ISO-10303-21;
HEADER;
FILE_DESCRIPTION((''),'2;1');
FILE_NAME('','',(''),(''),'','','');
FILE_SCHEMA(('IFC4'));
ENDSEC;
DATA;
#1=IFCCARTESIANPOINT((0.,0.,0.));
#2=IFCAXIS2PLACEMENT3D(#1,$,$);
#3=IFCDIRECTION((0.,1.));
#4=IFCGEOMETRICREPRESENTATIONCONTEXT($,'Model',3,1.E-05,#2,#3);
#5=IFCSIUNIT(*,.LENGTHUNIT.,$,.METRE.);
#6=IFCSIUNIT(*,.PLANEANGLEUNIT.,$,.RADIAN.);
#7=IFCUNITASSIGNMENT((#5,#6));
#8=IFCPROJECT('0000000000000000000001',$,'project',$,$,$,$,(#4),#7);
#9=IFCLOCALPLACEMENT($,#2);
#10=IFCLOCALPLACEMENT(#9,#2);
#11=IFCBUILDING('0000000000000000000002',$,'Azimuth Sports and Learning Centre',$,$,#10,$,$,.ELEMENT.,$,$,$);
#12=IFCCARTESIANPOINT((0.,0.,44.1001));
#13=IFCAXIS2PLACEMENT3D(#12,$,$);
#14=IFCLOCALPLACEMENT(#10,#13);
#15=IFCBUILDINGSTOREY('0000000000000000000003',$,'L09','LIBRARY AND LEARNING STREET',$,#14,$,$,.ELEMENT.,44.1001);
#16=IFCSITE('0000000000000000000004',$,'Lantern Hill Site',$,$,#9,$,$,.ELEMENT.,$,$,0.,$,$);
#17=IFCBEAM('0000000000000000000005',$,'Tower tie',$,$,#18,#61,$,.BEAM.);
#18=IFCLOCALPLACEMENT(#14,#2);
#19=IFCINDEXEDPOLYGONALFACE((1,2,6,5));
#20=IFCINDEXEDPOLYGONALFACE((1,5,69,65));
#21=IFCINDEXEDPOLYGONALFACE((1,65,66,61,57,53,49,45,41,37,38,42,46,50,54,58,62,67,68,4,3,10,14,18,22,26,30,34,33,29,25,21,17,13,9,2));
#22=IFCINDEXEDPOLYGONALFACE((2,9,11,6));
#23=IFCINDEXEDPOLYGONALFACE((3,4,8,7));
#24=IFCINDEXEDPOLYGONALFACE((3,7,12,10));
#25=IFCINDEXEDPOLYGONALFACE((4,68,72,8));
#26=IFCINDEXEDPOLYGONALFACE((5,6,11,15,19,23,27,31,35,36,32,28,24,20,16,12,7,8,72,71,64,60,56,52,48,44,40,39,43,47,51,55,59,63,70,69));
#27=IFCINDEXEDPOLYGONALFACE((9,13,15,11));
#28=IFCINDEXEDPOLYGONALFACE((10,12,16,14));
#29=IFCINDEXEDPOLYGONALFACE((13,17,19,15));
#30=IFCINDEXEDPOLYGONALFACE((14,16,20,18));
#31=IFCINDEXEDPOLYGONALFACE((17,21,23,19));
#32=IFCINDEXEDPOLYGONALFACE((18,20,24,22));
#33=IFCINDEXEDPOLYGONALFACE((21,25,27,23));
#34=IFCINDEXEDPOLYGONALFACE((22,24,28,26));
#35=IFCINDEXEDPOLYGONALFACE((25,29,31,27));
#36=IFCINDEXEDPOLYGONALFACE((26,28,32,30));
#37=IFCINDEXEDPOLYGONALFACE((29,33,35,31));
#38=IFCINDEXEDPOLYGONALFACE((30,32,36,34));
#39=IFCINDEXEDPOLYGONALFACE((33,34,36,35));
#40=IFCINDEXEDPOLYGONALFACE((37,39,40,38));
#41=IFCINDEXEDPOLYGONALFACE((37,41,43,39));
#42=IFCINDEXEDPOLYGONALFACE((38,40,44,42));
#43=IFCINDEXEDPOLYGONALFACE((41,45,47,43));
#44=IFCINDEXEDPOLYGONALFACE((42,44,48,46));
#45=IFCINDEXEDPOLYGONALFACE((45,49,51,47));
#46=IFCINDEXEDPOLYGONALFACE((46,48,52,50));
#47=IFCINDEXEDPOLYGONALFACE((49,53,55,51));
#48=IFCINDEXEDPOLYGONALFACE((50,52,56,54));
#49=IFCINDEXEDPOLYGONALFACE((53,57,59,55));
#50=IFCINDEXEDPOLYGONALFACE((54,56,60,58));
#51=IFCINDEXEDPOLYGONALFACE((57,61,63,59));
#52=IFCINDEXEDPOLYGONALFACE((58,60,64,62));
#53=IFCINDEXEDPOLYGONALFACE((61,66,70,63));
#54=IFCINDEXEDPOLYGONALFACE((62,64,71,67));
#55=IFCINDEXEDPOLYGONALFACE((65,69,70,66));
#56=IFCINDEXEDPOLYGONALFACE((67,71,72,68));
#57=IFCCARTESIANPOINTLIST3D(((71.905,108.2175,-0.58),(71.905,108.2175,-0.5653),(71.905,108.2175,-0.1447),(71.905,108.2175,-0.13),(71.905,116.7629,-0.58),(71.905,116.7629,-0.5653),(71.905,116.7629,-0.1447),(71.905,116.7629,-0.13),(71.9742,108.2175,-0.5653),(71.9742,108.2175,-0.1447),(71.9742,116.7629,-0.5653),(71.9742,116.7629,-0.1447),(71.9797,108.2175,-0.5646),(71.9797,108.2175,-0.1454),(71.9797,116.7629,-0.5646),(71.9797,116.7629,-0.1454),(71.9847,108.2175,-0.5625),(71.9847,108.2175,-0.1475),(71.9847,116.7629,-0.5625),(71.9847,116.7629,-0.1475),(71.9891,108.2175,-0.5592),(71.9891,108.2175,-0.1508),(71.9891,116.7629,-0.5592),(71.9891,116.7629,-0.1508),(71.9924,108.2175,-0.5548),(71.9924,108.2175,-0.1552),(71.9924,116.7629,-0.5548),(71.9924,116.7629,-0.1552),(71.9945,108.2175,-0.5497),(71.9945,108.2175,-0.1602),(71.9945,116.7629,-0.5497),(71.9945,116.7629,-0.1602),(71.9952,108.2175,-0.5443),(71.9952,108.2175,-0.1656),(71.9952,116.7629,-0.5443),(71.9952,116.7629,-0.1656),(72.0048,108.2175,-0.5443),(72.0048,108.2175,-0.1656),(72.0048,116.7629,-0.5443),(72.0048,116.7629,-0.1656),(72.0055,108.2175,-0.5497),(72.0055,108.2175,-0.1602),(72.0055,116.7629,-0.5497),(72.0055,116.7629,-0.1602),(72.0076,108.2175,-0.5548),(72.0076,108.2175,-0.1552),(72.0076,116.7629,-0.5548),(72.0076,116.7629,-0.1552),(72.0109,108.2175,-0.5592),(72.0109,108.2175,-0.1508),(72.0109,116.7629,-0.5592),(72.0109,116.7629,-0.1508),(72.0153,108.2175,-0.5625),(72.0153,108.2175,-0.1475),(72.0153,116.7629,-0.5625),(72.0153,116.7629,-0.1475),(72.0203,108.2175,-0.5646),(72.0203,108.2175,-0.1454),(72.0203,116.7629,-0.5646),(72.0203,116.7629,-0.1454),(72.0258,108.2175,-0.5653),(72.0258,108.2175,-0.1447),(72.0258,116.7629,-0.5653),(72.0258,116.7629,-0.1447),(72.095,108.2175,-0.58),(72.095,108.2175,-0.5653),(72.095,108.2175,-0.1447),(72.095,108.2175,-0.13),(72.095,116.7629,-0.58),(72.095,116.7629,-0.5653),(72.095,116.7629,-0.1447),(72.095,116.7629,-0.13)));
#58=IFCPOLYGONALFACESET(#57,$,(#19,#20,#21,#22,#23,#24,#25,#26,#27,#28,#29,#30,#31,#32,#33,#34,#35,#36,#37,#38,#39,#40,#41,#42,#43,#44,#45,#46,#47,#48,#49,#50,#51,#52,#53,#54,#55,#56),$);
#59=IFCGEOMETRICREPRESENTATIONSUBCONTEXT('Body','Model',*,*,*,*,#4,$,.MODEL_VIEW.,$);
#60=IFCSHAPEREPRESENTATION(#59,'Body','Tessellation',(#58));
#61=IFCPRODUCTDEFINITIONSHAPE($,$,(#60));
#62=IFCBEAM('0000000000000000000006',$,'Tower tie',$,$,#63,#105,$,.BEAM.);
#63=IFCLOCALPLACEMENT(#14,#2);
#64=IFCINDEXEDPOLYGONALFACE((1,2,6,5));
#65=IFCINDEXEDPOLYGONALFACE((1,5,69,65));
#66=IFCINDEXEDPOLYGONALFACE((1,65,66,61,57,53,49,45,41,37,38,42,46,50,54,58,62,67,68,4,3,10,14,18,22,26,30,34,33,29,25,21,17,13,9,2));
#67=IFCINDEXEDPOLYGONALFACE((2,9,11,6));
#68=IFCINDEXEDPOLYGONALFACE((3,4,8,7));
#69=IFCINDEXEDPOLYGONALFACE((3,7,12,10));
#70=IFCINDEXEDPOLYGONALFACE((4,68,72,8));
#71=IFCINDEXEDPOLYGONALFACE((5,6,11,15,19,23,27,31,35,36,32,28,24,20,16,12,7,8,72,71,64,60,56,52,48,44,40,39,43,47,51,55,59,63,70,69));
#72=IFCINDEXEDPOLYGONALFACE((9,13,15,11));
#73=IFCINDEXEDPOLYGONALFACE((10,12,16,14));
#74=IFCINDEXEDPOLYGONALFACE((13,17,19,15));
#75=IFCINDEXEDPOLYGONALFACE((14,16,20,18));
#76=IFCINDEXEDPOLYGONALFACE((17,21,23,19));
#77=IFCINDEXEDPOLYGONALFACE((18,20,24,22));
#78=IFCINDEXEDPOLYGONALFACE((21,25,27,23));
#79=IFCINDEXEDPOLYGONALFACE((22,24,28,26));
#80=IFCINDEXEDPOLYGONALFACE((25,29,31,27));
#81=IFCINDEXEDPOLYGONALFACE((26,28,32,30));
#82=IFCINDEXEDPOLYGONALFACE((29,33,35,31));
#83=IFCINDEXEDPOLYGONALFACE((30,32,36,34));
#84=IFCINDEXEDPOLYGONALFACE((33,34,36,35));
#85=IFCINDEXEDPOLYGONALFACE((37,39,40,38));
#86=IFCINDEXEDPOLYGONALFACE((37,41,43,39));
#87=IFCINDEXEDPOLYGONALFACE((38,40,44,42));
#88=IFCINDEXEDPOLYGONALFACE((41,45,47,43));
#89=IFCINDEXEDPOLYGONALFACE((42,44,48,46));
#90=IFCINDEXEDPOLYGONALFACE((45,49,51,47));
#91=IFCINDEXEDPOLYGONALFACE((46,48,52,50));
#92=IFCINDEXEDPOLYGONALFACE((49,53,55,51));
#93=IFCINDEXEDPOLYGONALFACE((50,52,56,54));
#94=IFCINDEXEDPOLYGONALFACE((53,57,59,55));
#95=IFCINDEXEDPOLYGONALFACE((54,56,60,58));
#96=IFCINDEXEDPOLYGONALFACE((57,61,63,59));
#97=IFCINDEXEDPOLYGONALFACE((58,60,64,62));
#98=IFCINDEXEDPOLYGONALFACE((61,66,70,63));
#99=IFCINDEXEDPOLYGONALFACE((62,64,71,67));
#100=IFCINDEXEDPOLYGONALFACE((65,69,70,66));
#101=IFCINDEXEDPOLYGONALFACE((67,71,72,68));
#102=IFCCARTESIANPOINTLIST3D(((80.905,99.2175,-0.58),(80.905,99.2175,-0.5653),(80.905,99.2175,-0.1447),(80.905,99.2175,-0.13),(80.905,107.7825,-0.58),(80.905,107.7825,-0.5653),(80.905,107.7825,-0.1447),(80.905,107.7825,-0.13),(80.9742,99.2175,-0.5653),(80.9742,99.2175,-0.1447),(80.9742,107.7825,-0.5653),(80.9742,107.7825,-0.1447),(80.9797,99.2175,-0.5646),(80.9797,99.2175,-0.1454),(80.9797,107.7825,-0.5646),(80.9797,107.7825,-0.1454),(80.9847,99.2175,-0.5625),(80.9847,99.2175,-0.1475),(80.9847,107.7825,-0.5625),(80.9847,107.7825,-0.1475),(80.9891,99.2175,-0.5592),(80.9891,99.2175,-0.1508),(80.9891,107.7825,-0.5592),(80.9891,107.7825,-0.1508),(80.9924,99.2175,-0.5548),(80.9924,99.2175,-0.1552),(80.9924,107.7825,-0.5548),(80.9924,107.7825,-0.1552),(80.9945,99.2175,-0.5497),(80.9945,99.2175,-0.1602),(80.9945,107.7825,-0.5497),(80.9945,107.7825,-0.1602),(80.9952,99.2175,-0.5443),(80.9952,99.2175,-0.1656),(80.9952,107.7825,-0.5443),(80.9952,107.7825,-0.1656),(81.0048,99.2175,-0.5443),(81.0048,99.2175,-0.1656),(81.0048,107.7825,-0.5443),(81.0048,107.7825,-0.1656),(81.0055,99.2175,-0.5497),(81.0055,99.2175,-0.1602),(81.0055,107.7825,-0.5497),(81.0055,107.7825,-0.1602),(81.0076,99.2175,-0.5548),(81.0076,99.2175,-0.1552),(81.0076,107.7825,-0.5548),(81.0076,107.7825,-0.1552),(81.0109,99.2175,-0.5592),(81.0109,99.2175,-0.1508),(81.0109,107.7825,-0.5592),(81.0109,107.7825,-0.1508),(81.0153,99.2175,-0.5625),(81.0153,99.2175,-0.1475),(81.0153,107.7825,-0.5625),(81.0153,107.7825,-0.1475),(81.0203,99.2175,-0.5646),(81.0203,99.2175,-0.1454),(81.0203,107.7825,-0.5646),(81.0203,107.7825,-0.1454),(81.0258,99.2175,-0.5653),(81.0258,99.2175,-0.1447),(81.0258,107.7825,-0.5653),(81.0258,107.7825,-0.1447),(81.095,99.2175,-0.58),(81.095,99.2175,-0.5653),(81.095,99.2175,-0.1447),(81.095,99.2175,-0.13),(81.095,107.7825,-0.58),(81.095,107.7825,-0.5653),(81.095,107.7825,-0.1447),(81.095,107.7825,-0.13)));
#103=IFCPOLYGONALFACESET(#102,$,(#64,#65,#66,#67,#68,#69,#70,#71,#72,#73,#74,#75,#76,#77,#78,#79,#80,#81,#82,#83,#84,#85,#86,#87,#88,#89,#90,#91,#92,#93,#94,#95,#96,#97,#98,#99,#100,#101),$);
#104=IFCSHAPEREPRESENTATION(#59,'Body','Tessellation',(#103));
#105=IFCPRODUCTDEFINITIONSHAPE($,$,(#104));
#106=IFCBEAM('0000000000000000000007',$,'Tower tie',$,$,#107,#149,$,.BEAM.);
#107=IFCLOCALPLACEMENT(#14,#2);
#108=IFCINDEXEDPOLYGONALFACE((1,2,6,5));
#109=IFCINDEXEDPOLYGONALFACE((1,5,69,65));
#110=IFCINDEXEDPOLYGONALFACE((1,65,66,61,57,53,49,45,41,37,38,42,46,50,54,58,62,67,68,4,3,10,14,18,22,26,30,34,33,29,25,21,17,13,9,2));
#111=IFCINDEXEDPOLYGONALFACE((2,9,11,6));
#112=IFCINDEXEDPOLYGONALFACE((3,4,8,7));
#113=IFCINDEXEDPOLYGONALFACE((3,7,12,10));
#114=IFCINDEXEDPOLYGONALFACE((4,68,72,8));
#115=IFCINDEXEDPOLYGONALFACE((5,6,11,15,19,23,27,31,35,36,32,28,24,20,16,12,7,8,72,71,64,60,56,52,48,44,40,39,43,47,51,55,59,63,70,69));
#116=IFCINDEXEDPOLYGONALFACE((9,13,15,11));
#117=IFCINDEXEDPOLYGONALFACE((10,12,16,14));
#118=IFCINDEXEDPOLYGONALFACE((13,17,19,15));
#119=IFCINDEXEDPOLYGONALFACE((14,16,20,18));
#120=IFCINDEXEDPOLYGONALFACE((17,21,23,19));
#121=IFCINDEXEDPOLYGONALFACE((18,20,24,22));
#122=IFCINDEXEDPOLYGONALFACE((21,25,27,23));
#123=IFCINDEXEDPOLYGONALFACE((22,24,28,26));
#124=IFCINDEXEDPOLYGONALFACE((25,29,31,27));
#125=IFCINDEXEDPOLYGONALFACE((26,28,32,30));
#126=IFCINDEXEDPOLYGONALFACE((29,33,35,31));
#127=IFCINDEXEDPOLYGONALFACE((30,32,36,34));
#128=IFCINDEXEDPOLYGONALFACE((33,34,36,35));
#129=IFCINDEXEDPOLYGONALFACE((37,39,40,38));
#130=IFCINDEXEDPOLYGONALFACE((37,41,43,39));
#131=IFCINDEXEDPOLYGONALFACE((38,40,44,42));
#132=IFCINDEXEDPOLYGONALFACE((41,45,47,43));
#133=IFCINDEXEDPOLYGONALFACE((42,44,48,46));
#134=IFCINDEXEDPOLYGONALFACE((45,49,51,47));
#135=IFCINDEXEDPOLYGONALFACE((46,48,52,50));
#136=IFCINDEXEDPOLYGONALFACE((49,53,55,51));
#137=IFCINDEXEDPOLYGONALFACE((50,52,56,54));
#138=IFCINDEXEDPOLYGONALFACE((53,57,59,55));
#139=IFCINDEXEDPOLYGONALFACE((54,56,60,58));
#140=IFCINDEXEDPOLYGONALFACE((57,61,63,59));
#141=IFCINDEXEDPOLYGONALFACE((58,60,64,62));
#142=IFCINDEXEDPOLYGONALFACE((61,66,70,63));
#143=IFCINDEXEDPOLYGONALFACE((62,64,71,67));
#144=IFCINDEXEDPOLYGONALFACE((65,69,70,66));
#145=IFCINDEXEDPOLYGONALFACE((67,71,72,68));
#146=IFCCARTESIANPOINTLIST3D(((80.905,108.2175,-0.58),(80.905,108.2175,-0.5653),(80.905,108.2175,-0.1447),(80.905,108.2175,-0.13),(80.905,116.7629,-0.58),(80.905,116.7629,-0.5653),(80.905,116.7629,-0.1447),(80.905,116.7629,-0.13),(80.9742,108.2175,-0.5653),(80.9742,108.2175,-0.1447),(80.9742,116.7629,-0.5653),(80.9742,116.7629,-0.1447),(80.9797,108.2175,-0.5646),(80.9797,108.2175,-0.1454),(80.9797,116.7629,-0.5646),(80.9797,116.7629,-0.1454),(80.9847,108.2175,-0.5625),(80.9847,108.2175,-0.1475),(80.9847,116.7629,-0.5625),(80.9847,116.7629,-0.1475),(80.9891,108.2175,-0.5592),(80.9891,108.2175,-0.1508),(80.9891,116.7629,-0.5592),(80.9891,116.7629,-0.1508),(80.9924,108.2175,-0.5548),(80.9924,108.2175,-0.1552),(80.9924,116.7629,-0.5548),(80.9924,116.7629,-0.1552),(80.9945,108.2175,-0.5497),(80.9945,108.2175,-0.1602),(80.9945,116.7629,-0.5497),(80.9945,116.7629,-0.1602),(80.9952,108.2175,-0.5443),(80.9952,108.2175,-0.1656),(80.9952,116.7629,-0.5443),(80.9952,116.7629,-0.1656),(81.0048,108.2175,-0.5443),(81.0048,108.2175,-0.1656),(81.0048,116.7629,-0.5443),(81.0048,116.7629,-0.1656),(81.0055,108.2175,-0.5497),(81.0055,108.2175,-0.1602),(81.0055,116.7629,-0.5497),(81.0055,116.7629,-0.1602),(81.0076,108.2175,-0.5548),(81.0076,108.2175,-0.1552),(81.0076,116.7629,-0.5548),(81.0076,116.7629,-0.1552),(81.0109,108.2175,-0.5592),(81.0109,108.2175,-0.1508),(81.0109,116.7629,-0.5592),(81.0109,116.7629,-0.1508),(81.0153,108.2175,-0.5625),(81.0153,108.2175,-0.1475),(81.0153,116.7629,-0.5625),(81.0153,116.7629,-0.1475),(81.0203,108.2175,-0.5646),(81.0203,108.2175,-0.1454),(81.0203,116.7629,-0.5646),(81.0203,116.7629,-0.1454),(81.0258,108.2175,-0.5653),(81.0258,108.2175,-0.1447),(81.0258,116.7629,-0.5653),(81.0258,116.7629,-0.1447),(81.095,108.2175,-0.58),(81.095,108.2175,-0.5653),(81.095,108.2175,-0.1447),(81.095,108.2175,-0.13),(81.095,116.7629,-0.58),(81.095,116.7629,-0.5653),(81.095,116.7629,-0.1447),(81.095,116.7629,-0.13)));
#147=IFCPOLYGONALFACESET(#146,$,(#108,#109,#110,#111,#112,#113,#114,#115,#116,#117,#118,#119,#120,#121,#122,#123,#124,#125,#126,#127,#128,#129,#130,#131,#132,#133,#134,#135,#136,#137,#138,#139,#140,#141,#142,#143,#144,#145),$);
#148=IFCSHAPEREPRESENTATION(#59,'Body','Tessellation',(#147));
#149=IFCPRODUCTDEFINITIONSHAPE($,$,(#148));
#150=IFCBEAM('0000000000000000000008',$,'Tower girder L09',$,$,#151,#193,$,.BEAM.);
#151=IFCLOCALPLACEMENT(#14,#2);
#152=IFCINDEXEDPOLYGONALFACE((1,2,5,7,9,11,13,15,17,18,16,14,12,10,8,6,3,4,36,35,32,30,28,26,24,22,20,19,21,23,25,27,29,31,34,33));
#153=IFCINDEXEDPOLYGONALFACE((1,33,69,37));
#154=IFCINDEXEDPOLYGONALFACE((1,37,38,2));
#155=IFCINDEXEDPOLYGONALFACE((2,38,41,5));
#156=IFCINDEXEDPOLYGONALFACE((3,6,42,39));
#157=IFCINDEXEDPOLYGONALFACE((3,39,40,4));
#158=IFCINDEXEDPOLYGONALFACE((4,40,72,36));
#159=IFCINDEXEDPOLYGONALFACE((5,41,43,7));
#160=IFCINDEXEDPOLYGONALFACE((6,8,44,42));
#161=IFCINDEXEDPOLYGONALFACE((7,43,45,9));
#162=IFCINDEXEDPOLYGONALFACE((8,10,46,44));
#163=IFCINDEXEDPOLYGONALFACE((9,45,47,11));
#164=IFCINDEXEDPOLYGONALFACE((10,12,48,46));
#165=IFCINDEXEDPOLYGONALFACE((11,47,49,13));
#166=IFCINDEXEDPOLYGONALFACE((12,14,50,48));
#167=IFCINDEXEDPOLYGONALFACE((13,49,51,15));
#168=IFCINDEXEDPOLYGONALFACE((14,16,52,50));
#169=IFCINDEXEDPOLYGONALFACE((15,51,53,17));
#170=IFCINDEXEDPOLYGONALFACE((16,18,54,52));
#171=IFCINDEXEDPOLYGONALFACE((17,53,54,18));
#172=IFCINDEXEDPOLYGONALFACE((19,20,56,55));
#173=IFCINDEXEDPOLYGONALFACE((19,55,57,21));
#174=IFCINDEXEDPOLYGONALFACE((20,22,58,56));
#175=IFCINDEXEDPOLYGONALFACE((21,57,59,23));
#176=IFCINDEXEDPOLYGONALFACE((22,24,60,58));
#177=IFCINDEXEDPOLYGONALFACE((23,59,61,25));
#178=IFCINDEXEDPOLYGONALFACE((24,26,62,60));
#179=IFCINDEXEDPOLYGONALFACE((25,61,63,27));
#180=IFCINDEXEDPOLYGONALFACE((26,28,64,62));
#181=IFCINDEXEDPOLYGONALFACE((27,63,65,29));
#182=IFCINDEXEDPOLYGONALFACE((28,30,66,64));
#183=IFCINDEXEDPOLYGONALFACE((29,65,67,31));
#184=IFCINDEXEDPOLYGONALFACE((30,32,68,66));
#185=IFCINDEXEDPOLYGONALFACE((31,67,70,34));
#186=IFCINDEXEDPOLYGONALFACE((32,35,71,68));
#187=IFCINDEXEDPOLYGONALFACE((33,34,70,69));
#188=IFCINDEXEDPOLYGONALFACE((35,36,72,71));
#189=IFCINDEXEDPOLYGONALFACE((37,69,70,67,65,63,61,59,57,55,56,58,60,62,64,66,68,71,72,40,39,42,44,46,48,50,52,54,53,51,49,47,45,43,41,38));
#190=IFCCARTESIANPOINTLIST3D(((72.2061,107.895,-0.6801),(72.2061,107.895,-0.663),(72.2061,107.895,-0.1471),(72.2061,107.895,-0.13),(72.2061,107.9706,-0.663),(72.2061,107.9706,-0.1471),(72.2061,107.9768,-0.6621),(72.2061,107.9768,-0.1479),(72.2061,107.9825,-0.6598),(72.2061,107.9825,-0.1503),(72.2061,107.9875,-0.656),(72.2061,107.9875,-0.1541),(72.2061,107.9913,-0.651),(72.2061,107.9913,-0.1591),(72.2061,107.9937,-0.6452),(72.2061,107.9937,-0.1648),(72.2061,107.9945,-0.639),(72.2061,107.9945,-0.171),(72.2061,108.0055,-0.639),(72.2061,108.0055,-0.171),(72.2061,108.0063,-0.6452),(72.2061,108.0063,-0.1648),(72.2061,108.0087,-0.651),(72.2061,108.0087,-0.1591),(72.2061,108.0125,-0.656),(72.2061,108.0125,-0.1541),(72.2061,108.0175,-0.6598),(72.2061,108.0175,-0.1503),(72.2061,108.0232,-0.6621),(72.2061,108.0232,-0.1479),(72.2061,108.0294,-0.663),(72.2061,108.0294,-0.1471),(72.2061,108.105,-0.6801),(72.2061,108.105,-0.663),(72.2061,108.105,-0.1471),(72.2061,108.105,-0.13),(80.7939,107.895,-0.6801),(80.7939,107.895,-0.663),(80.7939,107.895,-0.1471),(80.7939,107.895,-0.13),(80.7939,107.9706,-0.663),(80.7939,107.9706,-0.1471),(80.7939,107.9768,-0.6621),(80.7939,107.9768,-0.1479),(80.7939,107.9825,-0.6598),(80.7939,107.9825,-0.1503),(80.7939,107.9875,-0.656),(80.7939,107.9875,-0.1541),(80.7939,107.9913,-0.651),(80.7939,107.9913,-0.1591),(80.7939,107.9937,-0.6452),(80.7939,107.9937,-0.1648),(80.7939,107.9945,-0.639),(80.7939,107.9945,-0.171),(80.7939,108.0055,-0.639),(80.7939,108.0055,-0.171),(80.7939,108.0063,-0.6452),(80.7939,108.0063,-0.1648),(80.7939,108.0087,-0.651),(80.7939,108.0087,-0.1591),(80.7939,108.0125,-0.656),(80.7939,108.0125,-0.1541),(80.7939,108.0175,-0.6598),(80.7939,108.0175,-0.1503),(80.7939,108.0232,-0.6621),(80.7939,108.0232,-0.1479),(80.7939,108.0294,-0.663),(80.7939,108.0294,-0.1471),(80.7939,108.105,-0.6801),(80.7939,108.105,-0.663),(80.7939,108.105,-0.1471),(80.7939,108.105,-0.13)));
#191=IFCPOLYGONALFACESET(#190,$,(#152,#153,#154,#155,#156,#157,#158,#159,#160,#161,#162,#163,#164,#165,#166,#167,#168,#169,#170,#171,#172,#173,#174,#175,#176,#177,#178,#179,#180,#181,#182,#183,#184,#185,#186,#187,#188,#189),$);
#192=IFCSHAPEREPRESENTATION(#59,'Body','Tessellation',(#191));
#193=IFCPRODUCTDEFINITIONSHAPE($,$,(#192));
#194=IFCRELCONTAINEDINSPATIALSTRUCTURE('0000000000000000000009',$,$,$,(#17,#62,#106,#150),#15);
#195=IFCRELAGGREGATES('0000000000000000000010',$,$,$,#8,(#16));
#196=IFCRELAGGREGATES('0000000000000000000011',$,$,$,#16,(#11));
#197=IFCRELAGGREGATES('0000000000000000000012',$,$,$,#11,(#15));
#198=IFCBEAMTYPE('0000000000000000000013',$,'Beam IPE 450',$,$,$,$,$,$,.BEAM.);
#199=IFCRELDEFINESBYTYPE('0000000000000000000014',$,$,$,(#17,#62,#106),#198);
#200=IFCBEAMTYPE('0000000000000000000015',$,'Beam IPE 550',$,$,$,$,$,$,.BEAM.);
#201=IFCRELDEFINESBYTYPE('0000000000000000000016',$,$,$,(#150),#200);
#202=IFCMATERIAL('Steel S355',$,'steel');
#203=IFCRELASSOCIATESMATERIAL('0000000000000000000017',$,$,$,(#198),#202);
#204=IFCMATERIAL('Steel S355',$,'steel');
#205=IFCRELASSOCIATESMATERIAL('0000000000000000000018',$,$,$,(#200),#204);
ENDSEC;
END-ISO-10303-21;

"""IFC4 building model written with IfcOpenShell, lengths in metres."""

from ifc_helpers import new_model, si_unit, direction, frame, origin, origin_2d, place, context, subcontext, project, spatial, i_section, extrude, material, material_profile, profile_set, type_object, element, save


model = new_model("IFC4")

# Units and contexts
model_context = context("Model", 3, precision=1e-05, world=origin(), true_north=direction((0.0, 1.0)))
body_context = subcontext(model_context, "Body", "Model", "MODEL_VIEW")
ifc_project = project(units=[si_unit("LENGTHUNIT", "METRE"), si_unit("PLANEANGLEUNIT", "RADIAN")], contexts=[model_context])

# Site, building, storey
site_placement = place(None, origin())
site = spatial("IfcSite", under=ifc_project, at=site_placement, Name="Lantern Hill Site", CompositionType="ELEMENT", RefElevation=0.0)
building_placement = place(site_placement, origin())
building = spatial("IfcBuilding", under=site, at=building_placement, Name="Azimuth Sports and Learning Centre", CompositionType="ELEMENT")
storey_placement = place(building_placement, frame((0.0, 0.0, 44.1001)))
storey = spatial("IfcBuildingStorey", under=building, at=storey_placement, Name="L09", Description="LIBRARY AND LEARNING STREET", CompositionType="ELEMENT", Elevation=44.1001)

# Beams
ifc_material_1 = material(Name="Steel S355", Category="steel")
ifc_material_profile_1 = material_profile(ifc_material_1, i_section(OverallWidth=0.1899, OverallDepth=0.45, WebThickness=0.0095, FlangeThickness=0.0146, FilletRadius=0.021, at=origin_2d()), Name="IPE 450")
ifc_profile_set_1 = profile_set([ifc_material_profile_1], Name="Steel S355")
beam_type_1 = type_object("IfcBeamType", Name="Beam IPE 450", PredefinedType="BEAM", material=ifc_profile_set_1)
beam_1_placement = place(storey_placement, frame((72.0, 108.2175, -0.355), z_axis=(0.0, 1.0, 0.0), x_axis=(-1.0, 0.0, 0.0)))
element("IfcBeam", 1, at=beam_1_placement, inside=storey, type_object=beam_type_1, Name="Tower tie", PredefinedType="BEAM", context=body_context, shape_type="SweptSolid", body=[
    extrude(i_section(OverallWidth=0.1899, OverallDepth=0.45, WebThickness=0.0095, FlangeThickness=0.0146, FilletRadius=0.021, at=origin_2d()), origin(), (0.0, 0.0, 1.0), 8.5454),
])
beam_2_placement = place(storey_placement, frame((81.0, 99.2175, -0.355), z_axis=(0.0, 1.0, 0.0), x_axis=(-1.0, 0.0, 0.0)))
element("IfcBeam", 2, at=beam_2_placement, inside=storey, type_object=beam_type_1, Name="Tower tie", PredefinedType="BEAM", context=body_context, shape_type="SweptSolid", body=[
    extrude(i_section(OverallWidth=0.1899, OverallDepth=0.45, WebThickness=0.0095, FlangeThickness=0.0146, FilletRadius=0.021, at=origin_2d()), origin(), (0.0, 0.0, 1.0), 8.5649),
])
beam_3_placement = place(storey_placement, frame((81.0, 108.2175, -0.355), z_axis=(0.0, 1.0, 0.0), x_axis=(-1.0, 0.0, 0.0)))
element("IfcBeam", 3, at=beam_3_placement, inside=storey, type_object=beam_type_1, Name="Tower tie", PredefinedType="BEAM", context=body_context, shape_type="SweptSolid", body=[
    extrude(i_section(OverallWidth=0.1899, OverallDepth=0.45, WebThickness=0.0095, FlangeThickness=0.0146, FilletRadius=0.021, at=origin_2d()), origin(), (0.0, 0.0, 1.0), 8.5454),
])
ifc_material_2 = material(Name="Steel S355", Category="steel")
ifc_material_profile_2 = material_profile(ifc_material_2, i_section(OverallWidth=0.21, OverallDepth=0.55, WebThickness=0.011, FlangeThickness=0.0171, FilletRadius=0.0239, at=origin_2d()), Name="IPE 550")
ifc_profile_set_2 = profile_set([ifc_material_profile_2], Name="Steel S355")
beam_type_2 = type_object("IfcBeamType", Name="Beam IPE 550", PredefinedType="BEAM", material=ifc_profile_set_2)
for number, where, z_axis, x_axis, name in (
    (4, (72.2061, 108.0, -0.405), (1.0, 0.0, 0.0), (0.0, 1.0, 0.0), "Tower girder L09"),
):
    element("IfcBeam", number, at=place(storey_placement, frame(where, z_axis=z_axis, x_axis=x_axis)), inside=storey, type_object=beam_type_2, Name=name, PredefinedType="BEAM", context=body_context, shape_type="SweptSolid", body=[
        extrude(i_section(OverallWidth=0.21, OverallDepth=0.55, WebThickness=0.011, FlangeThickness=0.0171, FilletRadius=0.0239, at=origin_2d()), origin(), (0.0, 0.0, 1.0), 8.5879),
    ])

save(model, "model.ifc")
